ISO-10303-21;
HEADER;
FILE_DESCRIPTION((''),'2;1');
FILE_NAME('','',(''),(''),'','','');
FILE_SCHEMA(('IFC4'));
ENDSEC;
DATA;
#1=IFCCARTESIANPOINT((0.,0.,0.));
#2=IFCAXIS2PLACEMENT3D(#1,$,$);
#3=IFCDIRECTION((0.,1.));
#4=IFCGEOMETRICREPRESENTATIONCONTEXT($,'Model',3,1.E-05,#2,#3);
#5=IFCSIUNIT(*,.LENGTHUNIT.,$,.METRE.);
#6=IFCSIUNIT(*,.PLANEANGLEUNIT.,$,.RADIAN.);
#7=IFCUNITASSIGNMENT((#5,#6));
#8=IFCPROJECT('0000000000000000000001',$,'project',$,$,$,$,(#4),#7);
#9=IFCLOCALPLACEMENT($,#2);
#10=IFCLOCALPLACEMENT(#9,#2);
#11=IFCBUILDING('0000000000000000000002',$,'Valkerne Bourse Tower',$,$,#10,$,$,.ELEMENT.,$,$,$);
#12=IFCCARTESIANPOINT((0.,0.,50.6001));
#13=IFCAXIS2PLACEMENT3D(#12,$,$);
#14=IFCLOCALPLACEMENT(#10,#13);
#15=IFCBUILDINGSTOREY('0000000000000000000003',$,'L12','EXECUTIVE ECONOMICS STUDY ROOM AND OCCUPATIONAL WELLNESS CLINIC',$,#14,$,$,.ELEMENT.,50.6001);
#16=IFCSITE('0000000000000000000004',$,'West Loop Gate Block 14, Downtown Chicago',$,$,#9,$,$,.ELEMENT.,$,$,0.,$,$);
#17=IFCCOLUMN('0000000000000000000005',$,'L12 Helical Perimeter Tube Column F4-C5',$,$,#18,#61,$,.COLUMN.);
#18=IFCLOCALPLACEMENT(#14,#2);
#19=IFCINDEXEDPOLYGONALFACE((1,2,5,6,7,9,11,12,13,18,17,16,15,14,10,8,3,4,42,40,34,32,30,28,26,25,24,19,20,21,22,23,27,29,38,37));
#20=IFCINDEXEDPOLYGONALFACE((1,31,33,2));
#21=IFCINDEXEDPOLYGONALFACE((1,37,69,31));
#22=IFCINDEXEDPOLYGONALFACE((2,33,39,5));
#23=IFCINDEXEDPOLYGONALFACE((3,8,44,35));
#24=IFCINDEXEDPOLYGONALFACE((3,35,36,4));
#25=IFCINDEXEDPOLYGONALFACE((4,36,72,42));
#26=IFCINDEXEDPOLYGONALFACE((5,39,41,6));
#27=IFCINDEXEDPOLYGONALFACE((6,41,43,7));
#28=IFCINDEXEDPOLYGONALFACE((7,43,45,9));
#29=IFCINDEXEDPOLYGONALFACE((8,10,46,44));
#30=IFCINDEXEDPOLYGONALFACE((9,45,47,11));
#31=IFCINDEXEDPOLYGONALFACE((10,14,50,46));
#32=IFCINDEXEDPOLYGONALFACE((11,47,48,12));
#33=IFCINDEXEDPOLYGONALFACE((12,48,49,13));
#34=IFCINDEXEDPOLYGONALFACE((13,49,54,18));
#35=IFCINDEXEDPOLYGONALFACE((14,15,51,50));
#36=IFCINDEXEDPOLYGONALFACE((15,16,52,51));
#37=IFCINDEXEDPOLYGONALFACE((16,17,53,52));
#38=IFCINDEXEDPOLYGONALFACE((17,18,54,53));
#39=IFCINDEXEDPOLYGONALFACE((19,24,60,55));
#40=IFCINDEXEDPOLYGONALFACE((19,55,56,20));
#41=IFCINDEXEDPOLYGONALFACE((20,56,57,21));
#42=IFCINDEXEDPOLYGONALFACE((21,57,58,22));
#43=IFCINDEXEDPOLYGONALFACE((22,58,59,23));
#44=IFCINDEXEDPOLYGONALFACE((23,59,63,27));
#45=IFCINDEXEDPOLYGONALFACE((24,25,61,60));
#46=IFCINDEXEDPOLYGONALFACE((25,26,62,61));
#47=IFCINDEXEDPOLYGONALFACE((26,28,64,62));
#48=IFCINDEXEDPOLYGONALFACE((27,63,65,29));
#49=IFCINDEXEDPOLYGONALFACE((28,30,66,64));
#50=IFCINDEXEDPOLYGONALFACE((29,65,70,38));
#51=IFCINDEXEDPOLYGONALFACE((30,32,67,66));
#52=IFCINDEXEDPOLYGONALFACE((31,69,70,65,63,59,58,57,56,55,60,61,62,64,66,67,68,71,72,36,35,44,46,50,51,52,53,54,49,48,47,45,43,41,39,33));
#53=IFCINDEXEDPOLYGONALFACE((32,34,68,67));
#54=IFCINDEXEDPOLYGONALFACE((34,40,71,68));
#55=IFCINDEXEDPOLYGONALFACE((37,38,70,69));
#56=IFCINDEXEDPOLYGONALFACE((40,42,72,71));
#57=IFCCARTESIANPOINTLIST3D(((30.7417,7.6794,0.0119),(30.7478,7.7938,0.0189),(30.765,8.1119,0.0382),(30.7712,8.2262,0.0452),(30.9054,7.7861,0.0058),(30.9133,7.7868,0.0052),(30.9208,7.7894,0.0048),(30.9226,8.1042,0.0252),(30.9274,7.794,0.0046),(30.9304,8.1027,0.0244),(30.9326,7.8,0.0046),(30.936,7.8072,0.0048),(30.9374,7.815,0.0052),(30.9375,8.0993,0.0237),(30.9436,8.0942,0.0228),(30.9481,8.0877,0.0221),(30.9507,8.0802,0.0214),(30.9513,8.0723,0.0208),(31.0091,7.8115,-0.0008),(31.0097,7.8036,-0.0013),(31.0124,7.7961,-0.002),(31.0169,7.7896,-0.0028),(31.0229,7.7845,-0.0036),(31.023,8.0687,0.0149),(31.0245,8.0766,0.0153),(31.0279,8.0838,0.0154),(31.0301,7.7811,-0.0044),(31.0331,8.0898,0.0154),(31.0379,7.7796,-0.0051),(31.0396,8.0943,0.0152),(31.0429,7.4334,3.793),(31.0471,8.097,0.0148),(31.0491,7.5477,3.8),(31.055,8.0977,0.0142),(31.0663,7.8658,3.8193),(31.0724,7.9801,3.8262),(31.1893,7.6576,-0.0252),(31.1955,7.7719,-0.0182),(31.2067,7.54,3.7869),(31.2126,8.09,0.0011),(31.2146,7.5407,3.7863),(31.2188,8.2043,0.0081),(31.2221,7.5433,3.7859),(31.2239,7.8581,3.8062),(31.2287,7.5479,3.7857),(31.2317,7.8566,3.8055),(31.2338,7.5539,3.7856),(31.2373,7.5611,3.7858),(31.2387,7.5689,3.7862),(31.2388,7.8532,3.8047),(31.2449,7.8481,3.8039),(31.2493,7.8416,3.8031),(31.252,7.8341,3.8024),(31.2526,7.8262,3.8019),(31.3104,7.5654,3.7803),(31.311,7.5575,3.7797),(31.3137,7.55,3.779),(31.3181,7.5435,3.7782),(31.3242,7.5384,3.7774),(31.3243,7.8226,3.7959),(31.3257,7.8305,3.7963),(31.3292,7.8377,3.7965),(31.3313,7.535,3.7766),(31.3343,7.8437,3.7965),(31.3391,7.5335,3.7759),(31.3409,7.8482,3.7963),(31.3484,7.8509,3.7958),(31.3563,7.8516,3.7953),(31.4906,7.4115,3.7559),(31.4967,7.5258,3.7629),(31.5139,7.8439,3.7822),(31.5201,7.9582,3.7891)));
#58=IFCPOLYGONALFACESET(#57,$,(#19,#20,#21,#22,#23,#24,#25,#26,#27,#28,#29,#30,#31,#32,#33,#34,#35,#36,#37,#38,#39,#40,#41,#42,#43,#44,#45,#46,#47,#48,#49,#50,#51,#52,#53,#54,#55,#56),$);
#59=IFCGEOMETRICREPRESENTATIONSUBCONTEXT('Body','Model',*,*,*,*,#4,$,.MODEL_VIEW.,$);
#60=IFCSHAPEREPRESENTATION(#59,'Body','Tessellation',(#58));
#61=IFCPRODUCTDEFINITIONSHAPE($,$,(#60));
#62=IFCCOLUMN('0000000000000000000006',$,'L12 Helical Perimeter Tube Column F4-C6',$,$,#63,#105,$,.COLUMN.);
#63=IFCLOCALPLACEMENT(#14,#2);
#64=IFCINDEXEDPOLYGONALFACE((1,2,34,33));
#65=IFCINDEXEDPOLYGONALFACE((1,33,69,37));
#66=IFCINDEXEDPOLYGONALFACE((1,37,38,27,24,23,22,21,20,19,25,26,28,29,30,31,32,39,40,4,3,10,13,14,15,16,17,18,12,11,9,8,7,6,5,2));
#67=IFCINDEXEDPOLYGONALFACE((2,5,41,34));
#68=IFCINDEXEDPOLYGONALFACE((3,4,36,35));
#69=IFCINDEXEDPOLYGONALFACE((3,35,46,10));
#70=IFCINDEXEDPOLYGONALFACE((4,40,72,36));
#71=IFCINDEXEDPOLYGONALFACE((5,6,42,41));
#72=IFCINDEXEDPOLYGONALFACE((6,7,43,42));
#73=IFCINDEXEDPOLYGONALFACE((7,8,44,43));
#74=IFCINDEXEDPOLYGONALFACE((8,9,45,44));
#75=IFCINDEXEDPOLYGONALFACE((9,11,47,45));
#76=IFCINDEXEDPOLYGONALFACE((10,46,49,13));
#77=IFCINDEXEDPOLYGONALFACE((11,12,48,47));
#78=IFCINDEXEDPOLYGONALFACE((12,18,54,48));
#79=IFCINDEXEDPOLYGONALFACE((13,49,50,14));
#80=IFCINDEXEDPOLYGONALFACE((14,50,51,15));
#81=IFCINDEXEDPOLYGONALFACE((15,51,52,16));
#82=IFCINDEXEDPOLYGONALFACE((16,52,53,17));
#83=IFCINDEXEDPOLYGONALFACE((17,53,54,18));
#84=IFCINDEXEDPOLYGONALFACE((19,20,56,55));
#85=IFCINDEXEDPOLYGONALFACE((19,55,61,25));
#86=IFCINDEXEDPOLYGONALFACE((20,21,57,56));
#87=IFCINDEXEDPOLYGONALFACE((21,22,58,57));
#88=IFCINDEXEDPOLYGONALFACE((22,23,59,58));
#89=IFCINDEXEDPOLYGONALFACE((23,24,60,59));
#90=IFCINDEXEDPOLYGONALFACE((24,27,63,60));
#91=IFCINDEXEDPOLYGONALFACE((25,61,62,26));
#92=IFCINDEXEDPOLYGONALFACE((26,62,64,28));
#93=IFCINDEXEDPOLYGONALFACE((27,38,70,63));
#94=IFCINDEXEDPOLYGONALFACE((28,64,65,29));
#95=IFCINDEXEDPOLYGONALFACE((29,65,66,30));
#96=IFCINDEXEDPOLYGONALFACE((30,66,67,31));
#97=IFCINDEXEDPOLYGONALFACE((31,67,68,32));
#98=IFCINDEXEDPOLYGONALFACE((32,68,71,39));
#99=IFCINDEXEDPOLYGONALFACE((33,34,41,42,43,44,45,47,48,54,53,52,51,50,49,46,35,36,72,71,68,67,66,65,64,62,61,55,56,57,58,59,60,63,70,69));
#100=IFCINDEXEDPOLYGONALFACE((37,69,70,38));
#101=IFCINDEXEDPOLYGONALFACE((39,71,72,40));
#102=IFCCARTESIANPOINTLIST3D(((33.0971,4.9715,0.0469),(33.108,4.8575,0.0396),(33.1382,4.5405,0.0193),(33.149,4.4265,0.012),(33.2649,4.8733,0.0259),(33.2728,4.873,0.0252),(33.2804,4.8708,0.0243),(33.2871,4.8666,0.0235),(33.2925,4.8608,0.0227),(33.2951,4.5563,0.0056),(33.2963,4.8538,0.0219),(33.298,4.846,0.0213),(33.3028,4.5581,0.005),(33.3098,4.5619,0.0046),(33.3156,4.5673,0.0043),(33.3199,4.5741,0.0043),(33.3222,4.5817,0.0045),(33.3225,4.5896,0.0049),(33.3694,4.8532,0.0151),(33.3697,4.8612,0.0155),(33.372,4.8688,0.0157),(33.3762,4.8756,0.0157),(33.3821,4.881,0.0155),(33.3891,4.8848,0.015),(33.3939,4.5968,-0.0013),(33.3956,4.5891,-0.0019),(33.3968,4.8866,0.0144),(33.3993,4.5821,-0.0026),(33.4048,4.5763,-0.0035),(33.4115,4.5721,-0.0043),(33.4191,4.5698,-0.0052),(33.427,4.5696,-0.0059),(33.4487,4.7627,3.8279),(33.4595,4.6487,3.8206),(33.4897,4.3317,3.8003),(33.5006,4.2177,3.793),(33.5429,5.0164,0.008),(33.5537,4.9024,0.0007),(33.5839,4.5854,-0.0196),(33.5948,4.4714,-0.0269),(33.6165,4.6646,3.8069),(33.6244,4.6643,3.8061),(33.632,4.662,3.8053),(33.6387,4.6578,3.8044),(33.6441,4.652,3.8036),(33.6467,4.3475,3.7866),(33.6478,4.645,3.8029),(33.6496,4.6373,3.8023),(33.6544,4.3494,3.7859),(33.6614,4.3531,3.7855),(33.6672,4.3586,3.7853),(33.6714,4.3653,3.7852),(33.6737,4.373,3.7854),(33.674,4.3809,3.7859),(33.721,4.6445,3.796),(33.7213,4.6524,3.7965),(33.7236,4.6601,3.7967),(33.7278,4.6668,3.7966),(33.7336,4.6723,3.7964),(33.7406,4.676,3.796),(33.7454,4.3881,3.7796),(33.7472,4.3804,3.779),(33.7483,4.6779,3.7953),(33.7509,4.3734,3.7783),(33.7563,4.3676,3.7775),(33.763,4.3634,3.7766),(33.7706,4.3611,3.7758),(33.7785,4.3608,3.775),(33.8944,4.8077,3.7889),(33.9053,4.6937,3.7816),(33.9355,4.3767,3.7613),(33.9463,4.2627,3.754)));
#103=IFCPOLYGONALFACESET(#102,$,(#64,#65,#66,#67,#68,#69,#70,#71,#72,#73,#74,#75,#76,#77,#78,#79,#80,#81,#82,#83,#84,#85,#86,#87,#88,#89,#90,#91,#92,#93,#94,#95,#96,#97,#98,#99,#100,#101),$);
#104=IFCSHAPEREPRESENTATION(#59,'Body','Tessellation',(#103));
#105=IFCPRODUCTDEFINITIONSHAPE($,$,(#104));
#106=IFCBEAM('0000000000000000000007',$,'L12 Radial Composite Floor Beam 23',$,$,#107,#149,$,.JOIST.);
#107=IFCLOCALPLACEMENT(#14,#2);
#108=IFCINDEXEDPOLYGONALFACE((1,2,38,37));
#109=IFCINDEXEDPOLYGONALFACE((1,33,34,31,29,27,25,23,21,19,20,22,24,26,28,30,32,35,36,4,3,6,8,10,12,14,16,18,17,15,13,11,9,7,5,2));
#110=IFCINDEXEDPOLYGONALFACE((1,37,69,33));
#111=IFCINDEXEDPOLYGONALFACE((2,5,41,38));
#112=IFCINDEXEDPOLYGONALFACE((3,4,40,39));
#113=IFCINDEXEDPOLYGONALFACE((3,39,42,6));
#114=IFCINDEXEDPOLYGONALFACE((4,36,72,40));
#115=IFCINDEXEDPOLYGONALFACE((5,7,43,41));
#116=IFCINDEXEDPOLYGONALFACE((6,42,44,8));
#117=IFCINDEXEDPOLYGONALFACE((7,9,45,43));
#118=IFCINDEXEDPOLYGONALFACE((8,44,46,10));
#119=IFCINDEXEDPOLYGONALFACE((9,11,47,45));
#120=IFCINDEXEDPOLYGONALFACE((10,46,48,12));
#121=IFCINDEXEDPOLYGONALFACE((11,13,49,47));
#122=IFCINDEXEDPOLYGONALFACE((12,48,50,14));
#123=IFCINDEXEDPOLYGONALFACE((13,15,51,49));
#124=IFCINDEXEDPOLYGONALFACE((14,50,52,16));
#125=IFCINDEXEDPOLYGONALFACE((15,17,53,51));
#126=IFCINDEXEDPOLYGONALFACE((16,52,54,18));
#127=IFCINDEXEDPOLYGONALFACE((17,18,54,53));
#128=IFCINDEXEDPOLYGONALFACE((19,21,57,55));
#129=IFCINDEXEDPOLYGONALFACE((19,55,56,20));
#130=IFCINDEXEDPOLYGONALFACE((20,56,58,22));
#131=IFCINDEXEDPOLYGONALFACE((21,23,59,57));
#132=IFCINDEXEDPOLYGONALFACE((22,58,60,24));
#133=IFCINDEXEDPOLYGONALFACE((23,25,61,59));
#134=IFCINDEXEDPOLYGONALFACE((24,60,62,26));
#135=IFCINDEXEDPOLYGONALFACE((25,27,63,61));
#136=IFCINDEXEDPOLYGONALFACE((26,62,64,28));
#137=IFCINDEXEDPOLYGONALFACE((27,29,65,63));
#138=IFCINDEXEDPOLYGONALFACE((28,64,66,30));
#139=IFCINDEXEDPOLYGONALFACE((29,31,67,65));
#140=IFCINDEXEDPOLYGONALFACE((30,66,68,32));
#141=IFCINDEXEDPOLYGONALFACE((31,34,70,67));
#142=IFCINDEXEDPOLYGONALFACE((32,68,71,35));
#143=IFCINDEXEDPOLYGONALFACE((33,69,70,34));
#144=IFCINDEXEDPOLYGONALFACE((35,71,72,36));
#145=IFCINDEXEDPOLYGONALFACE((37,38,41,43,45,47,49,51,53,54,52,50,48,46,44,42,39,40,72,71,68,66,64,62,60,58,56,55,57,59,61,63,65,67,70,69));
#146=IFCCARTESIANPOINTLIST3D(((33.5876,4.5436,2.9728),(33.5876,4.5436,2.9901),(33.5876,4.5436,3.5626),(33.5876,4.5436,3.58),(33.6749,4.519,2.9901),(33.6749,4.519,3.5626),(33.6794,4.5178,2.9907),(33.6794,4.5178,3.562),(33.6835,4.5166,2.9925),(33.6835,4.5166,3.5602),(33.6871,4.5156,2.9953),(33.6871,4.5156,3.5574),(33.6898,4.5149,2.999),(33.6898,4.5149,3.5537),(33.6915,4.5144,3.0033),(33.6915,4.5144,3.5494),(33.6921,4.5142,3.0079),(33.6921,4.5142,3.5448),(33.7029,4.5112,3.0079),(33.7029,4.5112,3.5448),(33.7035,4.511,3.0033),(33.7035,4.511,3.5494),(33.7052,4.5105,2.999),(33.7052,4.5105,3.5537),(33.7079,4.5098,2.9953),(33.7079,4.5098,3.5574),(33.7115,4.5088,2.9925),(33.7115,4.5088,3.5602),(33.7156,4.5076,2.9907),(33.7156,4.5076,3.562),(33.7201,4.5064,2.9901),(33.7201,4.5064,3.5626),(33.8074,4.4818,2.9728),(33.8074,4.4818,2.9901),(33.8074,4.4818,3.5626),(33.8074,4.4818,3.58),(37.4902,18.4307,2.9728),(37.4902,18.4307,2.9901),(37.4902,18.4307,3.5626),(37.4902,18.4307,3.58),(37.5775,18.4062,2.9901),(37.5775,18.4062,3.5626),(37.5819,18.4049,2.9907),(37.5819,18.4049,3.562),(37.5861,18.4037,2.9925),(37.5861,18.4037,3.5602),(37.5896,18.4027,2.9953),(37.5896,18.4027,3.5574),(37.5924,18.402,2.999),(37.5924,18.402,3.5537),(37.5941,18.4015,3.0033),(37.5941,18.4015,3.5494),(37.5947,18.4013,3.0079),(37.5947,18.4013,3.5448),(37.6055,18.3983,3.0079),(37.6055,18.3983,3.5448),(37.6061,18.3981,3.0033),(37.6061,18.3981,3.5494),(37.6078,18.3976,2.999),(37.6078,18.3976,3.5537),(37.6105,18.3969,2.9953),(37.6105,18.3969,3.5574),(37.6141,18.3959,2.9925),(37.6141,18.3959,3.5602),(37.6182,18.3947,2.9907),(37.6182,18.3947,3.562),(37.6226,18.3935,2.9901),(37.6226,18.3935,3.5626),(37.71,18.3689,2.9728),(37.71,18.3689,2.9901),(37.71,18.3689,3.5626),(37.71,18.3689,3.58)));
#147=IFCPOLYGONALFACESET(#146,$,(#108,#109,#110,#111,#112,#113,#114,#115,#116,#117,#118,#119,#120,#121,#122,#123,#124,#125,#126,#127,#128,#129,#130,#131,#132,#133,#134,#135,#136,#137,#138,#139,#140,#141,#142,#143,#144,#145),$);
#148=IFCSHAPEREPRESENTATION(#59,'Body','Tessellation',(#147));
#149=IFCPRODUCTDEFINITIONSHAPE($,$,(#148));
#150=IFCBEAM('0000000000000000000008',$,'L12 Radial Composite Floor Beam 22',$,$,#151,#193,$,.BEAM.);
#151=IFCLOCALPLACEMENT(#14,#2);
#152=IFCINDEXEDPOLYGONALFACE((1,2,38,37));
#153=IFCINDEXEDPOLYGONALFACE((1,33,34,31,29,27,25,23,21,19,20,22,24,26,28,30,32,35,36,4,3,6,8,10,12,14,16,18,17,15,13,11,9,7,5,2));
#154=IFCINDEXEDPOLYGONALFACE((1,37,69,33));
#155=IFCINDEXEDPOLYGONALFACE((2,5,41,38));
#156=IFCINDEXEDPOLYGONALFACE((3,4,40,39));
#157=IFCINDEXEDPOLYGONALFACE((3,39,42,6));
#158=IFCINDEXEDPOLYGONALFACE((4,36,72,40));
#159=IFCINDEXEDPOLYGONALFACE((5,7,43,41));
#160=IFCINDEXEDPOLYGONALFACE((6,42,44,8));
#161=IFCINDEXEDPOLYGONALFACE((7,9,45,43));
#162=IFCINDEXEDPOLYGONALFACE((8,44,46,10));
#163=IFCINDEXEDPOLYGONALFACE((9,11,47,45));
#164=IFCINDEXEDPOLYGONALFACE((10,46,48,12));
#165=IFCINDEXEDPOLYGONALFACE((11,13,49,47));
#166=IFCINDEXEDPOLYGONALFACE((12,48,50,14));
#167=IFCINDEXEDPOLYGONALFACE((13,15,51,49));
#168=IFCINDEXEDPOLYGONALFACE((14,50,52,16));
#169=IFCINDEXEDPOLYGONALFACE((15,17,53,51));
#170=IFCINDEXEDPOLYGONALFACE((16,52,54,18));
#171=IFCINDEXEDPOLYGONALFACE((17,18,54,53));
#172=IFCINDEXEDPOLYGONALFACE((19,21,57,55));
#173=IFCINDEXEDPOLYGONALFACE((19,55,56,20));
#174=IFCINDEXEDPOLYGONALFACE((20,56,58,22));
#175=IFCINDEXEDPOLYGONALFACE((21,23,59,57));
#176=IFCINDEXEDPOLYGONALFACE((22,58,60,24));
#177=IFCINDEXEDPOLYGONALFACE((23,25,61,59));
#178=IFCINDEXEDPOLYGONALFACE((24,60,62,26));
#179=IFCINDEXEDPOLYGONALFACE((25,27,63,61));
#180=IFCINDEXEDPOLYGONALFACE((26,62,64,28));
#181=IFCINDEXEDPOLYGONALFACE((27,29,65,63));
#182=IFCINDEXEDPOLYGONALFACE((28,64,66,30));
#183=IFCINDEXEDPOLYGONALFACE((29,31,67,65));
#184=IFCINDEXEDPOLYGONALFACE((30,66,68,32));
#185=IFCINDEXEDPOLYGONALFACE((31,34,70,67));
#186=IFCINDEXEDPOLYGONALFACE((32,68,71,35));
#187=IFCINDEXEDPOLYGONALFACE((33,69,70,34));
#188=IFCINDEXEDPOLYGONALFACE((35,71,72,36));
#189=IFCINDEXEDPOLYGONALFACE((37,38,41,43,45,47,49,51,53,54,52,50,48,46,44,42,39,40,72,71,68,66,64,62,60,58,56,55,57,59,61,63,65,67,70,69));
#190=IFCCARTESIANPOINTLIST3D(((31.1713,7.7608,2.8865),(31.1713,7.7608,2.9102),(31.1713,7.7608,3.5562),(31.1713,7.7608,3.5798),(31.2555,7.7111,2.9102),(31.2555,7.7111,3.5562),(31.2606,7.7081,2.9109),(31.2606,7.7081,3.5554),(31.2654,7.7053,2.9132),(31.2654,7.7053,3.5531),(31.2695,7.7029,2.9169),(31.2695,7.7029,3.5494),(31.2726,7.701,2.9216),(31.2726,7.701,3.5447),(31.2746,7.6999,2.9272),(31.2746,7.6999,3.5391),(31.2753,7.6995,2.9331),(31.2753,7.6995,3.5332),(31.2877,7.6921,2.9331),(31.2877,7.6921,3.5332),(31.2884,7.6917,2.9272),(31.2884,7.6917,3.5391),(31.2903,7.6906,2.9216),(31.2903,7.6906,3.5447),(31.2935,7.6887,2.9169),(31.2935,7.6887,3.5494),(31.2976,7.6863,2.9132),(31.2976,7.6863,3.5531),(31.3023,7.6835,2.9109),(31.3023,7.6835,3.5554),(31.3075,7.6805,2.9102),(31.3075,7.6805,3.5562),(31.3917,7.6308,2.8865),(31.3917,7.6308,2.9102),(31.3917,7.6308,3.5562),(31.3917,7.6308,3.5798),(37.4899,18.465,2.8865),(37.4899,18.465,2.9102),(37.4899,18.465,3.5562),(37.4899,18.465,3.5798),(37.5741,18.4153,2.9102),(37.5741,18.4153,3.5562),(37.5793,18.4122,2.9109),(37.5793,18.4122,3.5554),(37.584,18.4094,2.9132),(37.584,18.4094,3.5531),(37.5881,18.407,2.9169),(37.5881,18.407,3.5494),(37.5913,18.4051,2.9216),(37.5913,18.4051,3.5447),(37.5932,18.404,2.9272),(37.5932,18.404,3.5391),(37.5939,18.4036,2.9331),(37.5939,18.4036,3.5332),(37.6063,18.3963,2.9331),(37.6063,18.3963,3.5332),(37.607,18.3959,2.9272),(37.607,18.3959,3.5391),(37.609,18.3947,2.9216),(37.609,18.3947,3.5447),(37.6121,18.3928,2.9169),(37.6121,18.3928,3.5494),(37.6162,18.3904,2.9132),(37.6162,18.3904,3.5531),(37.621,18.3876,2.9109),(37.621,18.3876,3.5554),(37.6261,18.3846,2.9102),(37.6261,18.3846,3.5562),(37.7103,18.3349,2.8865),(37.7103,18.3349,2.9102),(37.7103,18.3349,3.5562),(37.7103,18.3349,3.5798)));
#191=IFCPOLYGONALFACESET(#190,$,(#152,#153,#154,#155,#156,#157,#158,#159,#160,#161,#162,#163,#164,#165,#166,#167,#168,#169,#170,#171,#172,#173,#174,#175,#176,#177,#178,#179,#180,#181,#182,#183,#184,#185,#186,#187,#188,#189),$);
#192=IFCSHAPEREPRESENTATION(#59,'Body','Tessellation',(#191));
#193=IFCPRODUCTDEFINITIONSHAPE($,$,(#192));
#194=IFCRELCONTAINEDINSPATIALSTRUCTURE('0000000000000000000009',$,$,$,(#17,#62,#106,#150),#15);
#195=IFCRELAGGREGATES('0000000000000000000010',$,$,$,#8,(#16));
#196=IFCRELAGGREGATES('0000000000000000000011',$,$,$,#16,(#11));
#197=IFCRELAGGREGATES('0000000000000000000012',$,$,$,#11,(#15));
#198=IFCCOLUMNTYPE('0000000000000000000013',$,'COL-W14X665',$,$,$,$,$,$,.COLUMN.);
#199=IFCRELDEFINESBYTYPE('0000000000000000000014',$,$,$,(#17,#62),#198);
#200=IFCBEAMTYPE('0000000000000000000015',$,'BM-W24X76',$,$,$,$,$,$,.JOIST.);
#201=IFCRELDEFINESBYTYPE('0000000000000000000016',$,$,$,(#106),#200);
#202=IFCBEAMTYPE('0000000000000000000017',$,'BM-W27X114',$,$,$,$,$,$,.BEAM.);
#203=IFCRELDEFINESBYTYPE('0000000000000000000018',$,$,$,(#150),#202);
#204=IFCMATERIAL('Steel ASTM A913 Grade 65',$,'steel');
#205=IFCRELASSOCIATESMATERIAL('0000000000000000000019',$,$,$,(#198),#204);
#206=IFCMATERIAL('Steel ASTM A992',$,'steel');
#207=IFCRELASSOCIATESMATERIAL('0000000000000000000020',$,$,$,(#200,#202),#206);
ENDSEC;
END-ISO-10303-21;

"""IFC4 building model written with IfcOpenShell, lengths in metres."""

from ifc_helpers import new_model, si_unit, direction, frame, origin, origin_2d, place, context, subcontext, project, spatial, i_section, extrude, material, material_profile, profile_set, type_object, element, save


model = new_model("IFC4")

# Units and contexts
model_context = context("Model", 3, precision=1e-05, world=origin(), true_north=direction((0.0, 1.0)))
body_context = subcontext(model_context, "Body", "Model", "MODEL_VIEW")
ifc_project = project(units=[si_unit("LENGTHUNIT", "METRE"), si_unit("PLANEANGLEUNIT", "RADIAN")], contexts=[model_context])

# Site, building, storey
site_placement = place(None, origin())
site = spatial("IfcSite", under=ifc_project, at=site_placement, Name="West Loop Gate Block 14, Downtown Chicago", CompositionType="ELEMENT", RefElevation=0.0)
building_placement = place(site_placement, origin())
building = spatial("IfcBuilding", under=site, at=building_placement, Name="Valkerne Bourse Tower", CompositionType="ELEMENT")
storey_placement = place(building_placement, frame((0.0, 0.0, 50.6001)))
storey = spatial("IfcBuildingStorey", under=building, at=storey_placement, Name="L12", Description="EXECUTIVE ECONOMICS STUDY ROOM AND OCCUPATIONAL WELLNESS CLINIC", CompositionType="ELEMENT", Elevation=50.6001)

# Columns
ifc_material_1 = material(Name="Steel ASTM A913 Grade 65", Category="steel")
ifc_material_profile_1 = material_profile(ifc_material_1, i_section(OverallWidth=0.4497, OverallDepth=0.5486, WebThickness=0.072, FlangeThickness=0.1147, FilletRadius=0.0305, at=origin_2d()), Name="W14X665")
ifc_profile_set_1 = profile_set([ifc_material_profile_1], Name="Steel ASTM A913 Grade 65")
column_type = type_object("IfcColumnType", Name="COL-W14X665", PredefinedType="COLUMN", material=ifc_profile_set_1)
column_1_placement = place(storey_placement, frame((30.9802, 7.9419, 0.01), z_axis=(0.079261, -0.064745, 0.994749), x_axis=(0.995403, -0.04868, -0.082482)))
element("IfcColumn", 1, at=column_1_placement, inside=storey, type_object=column_type, Name="L12 Helical Perimeter Tube Column F4-C5", PredefinedType="COLUMN", context=body_context, shape_type="SweptSolid", body=[
    extrude(i_section(OverallWidth=0.4497, OverallDepth=0.5486, WebThickness=0.072, FlangeThickness=0.1147, FilletRadius=0.0305, at=origin_2d()), origin(), (0.0, 0.0, 1.0), 3.801),
])
column_2_placement = place(storey_placement, frame((33.3459, 4.7214, 0.01), z_axis=(0.092442, -0.054888, 0.994204), x_axis=(0.99121, 0.099972, -0.086645)))
element("IfcColumn", 2, at=column_2_placement, inside=storey, type_object=column_type, Name="L12 Helical Perimeter Tube Column F4-C6", PredefinedType="COLUMN", context=body_context, shape_type="SweptSolid", body=[
    extrude(i_section(OverallWidth=0.4497, OverallDepth=0.5486, WebThickness=0.072, FlangeThickness=0.1147, FilletRadius=0.0305, at=origin_2d()), origin(), (0.0, 0.0, 1.0), 3.803),
])

# Beams
ifc_material_2 = material(Name="Steel ASTM A992", Category="steel")
ifc_material_profile_2 = material_profile(ifc_material_2, i_section(OverallWidth=0.2283, OverallDepth=0.6072, WebThickness=0.0112, FlangeThickness=0.0173, FilletRadius=0.0178, at=origin_2d()), Name="W24X76")
ifc_profile_set_2 = profile_set([ifc_material_profile_2], Name="Steel ASTM A992")
beam_type_1 = type_object("IfcBeamType", Name="BM-W24X76", PredefinedType="JOIST", material=ifc_profile_set_2)
beam_1_placement = place(storey_placement, frame((33.6975, 4.5127, 3.2764), z_axis=(0.270541, 0.962709, 0.0), x_axis=(-0.962709, 0.270541, 0.0)))
element("IfcBeam", 3, at=beam_1_placement, inside=storey, type_object=beam_type_1, Name="L12 Radial Composite Floor Beam 23", PredefinedType="JOIST", context=body_context, shape_type="SweptSolid", body=[
    extrude(i_section(OverallWidth=0.2283, OverallDepth=0.6072, WebThickness=0.0112, FlangeThickness=0.0173, FilletRadius=0.0178, at=origin_2d()), origin(), (0.0, 0.0, 1.0), 14.425),
])
ifc_material_profile_3 = material_profile(ifc_material_2, i_section(OverallWidth=0.2559, OverallDepth=0.6934, WebThickness=0.0144, FlangeThickness=0.0237, FilletRadius=0.0229, at=origin_2d()), Name="W27X114")
ifc_profile_set_3 = profile_set([ifc_material_profile_3], Name="Steel ASTM A992")
beam_type_2 = type_object("IfcBeamType", Name="BM-W27X114", PredefinedType="BEAM", material=ifc_profile_set_3)
beam_2_placement = place(storey_placement, frame((31.2815, 7.6958, 3.2332), z_axis=(0.508339, 0.861157, 0.0), x_axis=(-0.861157, 0.508339, 0.0)))
element("IfcBeam", 4, at=beam_2_placement, inside=storey, type_object=beam_type_2, Name="L12 Radial Composite Floor Beam 22", PredefinedType="BEAM", context=body_context, shape_type="SweptSolid", body=[
    extrude(i_section(OverallWidth=0.2559, OverallDepth=0.6934, WebThickness=0.0144, FlangeThickness=0.0237, FilletRadius=0.0229, at=origin_2d()), origin(), (0.0, 0.0, 1.0), 12.4299),
])

save(model, "model.ifc")
